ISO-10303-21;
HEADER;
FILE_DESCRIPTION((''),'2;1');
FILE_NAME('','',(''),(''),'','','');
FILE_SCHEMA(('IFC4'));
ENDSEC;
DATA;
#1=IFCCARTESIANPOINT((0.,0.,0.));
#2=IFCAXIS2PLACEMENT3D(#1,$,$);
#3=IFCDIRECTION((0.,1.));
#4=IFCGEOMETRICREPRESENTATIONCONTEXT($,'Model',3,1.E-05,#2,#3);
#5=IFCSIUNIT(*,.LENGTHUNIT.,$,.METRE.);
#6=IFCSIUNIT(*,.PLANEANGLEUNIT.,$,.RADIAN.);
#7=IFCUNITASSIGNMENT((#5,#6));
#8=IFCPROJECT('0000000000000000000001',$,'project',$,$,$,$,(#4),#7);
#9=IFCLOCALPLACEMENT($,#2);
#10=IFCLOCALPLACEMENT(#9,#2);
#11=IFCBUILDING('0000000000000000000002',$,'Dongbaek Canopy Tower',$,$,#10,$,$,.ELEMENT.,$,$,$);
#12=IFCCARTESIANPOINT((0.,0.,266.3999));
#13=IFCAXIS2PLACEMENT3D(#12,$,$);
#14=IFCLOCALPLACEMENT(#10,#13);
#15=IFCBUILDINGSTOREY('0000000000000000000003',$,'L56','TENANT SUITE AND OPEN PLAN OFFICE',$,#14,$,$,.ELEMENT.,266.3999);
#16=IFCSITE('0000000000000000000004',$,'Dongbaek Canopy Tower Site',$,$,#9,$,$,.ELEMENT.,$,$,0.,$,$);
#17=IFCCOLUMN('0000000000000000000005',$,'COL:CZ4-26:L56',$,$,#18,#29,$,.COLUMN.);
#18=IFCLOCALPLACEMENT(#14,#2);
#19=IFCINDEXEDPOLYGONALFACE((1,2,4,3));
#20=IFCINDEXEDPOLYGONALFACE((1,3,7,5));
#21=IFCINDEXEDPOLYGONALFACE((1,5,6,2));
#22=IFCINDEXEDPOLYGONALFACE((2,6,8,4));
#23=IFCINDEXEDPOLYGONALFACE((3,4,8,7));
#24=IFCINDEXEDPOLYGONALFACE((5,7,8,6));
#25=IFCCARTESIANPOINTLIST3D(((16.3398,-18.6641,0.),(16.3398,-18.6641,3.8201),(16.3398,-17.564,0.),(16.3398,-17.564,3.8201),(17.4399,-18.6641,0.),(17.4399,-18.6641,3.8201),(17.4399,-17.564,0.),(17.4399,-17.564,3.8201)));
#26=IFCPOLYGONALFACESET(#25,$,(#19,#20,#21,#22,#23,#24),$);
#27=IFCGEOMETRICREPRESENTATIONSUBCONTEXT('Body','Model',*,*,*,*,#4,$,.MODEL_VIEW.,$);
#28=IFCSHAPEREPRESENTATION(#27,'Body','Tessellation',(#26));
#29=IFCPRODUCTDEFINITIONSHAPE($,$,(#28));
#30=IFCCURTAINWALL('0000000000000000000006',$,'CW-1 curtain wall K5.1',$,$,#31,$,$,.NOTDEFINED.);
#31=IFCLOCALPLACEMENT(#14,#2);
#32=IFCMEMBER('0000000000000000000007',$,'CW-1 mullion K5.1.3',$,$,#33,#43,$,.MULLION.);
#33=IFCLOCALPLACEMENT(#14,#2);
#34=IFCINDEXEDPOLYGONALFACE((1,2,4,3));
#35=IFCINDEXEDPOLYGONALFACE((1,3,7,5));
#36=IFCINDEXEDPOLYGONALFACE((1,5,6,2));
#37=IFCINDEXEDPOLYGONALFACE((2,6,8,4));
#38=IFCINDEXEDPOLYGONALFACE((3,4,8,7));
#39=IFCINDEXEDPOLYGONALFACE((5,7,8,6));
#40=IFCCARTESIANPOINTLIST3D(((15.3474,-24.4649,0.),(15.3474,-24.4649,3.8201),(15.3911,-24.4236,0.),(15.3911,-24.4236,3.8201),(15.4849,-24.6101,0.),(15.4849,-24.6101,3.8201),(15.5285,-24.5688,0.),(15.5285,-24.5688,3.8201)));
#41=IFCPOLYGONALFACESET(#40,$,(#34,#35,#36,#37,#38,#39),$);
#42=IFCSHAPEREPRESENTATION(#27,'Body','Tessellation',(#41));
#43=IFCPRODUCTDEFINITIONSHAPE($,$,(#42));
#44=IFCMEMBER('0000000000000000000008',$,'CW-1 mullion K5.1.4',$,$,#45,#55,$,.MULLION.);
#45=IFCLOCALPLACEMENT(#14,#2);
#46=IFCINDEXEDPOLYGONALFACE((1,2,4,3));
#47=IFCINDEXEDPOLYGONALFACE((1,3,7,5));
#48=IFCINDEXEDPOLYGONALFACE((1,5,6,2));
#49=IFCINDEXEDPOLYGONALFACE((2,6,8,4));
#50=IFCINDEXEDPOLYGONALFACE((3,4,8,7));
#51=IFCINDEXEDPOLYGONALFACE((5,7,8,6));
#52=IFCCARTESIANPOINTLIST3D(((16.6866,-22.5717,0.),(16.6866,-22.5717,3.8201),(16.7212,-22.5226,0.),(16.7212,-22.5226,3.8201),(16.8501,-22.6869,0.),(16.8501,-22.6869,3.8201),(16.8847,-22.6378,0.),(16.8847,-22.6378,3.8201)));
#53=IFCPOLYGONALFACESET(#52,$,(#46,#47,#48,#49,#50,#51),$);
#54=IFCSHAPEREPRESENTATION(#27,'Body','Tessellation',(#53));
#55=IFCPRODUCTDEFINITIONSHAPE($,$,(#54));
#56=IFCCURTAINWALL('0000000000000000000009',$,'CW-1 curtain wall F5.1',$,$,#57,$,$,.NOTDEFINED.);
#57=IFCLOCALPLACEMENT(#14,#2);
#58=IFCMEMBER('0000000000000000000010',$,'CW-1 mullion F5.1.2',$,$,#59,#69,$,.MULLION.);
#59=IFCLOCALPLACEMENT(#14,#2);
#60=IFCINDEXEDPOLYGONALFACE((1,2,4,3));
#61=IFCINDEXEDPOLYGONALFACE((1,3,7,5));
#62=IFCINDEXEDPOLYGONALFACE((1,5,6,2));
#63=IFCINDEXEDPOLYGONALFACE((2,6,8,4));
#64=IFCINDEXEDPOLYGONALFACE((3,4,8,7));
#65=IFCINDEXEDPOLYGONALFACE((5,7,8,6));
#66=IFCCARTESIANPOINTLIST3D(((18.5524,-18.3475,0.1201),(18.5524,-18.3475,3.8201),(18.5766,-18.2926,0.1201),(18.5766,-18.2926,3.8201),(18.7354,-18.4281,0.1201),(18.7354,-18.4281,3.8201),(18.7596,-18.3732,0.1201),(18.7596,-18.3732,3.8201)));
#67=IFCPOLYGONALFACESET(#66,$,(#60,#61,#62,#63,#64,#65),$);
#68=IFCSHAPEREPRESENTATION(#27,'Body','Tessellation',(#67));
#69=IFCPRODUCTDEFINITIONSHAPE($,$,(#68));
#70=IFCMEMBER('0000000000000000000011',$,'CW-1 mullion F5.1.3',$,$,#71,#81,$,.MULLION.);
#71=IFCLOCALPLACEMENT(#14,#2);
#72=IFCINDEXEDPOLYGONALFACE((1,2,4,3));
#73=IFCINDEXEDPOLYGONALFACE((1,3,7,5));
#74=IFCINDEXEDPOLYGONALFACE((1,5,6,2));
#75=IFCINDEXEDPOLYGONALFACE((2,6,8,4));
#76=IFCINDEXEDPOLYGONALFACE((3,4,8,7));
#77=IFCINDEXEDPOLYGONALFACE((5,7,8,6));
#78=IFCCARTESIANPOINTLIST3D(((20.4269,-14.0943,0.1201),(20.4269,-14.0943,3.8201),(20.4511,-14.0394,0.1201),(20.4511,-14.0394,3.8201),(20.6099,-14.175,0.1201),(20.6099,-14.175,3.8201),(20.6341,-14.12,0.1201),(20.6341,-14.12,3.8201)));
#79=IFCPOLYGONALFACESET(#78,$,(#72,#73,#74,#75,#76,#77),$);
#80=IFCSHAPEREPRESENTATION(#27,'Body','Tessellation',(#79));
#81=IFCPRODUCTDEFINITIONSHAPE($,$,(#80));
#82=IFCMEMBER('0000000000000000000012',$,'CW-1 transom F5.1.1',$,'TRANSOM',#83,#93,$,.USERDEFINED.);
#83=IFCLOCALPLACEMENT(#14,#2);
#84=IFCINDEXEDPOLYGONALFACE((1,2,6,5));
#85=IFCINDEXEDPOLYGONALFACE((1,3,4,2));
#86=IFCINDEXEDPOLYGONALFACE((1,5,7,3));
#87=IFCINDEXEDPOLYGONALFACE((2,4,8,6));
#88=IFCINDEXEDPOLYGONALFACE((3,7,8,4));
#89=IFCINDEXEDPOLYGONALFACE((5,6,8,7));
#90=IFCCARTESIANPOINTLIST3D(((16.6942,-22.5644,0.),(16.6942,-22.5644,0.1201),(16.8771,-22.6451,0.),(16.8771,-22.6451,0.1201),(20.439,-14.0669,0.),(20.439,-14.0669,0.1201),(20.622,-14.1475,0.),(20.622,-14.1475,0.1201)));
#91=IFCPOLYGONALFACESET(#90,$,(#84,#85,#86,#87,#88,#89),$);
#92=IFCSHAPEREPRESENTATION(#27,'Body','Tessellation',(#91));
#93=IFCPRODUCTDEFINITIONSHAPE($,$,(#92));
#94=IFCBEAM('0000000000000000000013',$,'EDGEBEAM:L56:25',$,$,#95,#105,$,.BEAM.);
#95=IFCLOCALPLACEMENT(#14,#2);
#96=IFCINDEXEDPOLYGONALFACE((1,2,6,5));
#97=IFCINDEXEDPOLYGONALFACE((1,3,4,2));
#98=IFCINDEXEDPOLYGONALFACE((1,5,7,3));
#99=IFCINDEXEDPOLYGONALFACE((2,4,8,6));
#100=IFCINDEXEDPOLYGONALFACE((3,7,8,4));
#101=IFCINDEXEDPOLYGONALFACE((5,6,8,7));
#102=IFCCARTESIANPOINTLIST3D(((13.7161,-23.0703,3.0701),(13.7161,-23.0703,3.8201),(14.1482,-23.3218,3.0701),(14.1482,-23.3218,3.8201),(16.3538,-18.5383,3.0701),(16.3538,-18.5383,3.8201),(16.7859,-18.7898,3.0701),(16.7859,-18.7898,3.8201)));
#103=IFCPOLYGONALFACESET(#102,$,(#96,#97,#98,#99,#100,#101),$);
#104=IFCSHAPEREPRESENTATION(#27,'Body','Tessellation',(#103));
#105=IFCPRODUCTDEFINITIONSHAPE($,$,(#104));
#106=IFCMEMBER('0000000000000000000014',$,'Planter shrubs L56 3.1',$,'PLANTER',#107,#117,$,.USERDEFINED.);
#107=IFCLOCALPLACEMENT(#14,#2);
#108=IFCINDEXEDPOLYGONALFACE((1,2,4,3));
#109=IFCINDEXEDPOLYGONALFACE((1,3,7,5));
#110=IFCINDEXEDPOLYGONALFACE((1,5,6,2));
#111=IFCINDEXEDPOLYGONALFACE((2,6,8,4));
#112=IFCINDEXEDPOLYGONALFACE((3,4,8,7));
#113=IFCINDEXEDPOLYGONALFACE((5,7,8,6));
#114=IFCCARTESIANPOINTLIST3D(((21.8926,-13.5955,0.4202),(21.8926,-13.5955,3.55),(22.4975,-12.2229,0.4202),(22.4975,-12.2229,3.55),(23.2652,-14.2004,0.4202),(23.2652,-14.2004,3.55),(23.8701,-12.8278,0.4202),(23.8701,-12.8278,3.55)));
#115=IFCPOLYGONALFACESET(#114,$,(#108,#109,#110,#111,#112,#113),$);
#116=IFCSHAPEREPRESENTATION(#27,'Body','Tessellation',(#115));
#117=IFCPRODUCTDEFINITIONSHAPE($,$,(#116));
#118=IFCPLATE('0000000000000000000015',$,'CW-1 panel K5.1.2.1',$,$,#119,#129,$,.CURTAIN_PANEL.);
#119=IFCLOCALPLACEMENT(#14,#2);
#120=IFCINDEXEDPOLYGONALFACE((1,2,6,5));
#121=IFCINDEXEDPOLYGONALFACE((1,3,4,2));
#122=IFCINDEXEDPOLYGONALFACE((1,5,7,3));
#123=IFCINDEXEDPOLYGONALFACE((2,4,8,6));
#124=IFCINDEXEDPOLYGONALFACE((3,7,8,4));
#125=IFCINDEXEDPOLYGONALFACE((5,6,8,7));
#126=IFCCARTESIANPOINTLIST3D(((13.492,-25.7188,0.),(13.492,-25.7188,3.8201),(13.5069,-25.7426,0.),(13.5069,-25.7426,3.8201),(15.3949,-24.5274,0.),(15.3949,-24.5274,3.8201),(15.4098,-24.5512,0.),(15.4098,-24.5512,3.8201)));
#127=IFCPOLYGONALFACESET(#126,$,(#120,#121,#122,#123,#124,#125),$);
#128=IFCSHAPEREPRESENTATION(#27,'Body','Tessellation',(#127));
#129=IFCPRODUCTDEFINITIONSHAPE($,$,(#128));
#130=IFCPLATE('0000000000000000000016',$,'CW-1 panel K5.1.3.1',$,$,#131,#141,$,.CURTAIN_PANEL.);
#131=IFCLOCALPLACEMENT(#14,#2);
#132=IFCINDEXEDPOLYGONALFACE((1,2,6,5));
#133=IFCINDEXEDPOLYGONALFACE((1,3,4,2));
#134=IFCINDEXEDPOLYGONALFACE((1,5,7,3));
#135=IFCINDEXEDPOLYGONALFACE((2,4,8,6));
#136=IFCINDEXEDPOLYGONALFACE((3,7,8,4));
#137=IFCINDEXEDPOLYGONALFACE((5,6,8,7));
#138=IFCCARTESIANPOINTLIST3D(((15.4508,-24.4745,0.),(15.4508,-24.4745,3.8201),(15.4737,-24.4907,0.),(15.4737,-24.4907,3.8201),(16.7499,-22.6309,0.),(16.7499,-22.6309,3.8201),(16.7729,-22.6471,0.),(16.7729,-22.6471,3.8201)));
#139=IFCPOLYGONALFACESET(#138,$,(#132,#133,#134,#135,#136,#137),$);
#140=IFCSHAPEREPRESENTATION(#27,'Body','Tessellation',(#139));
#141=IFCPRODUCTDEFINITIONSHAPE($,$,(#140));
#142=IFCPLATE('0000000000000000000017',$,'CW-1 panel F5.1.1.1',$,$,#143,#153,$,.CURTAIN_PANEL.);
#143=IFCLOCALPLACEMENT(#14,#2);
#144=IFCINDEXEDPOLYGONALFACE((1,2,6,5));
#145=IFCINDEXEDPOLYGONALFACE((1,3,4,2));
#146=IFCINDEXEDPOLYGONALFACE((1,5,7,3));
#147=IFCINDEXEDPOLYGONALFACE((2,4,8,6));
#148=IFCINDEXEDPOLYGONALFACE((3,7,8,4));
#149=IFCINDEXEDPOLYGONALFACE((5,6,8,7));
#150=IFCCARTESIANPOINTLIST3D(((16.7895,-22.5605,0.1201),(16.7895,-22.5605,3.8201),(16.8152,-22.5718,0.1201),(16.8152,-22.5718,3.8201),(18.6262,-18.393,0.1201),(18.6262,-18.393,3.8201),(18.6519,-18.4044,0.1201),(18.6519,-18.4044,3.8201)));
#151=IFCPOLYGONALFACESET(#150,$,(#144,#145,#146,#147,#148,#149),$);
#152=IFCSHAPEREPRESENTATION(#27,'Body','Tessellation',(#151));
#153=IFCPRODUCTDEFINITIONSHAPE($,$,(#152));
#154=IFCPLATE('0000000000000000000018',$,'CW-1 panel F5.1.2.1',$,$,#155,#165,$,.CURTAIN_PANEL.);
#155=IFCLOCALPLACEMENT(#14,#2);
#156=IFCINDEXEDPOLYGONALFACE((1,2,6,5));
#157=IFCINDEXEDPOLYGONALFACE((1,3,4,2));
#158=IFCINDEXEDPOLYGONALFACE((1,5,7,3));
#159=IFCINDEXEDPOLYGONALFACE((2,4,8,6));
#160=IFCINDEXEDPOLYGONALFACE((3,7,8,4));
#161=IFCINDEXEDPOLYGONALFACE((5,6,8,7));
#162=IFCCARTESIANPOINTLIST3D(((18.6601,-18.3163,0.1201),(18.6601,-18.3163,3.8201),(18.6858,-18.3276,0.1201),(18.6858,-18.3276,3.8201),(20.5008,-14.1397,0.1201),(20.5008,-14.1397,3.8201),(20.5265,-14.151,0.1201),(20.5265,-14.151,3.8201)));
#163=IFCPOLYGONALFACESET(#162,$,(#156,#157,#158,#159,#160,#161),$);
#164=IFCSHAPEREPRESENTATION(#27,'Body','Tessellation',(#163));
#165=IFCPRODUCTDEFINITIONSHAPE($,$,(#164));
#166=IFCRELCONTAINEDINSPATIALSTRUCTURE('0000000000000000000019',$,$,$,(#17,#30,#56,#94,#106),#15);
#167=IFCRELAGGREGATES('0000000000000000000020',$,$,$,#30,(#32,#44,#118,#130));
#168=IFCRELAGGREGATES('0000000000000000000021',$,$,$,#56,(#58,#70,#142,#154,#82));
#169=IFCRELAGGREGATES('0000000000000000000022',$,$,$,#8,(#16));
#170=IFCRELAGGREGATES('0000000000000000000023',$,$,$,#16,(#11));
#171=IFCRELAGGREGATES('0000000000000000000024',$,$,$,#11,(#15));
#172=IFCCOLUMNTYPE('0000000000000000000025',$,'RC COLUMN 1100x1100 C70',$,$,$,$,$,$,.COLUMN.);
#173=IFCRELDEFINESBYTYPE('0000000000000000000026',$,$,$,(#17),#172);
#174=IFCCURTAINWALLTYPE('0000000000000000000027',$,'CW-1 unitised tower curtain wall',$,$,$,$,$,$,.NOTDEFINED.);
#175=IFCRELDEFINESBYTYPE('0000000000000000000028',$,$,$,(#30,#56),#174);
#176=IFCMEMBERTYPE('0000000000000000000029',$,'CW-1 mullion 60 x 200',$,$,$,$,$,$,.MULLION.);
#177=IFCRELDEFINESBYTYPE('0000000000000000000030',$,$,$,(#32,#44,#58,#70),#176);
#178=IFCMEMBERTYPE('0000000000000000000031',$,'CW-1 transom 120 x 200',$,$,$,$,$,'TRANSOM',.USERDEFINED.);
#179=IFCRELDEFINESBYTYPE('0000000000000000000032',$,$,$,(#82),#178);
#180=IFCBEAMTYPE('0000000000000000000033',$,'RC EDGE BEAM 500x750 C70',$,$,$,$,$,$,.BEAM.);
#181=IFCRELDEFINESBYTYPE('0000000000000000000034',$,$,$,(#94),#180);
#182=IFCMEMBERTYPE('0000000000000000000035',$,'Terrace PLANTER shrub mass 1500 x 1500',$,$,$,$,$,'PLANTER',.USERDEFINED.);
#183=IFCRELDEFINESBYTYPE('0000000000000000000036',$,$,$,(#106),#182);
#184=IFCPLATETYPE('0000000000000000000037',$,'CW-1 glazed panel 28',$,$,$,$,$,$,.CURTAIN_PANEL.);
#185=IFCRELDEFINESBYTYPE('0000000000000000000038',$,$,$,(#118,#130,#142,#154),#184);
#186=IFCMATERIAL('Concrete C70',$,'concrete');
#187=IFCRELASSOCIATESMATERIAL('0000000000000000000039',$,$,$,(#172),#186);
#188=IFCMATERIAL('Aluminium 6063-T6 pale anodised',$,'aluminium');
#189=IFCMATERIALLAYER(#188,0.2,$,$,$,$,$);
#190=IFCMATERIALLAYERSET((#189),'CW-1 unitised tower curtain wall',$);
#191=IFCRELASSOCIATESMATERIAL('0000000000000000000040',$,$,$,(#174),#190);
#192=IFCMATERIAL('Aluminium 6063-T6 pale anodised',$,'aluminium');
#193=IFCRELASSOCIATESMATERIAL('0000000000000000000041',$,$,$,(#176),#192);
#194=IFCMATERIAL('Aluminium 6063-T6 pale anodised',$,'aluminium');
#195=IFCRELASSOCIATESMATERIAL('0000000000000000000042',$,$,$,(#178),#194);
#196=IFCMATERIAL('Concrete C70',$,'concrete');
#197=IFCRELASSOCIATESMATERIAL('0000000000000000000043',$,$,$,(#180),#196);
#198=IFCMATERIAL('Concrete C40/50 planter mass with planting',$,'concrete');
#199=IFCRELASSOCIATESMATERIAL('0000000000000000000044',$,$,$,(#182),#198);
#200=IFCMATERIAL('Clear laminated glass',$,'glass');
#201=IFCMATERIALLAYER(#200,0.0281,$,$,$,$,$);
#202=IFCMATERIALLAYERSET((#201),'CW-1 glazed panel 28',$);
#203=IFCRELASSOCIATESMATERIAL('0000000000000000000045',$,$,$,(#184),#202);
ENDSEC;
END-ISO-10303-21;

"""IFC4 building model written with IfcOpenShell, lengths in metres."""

from ifc_helpers import new_model, si_unit, direction, frame, origin, origin_2d, place, context, subcontext, project, spatial, rectangle, extrude, material, layer, layer_set, material_profile, profile_set, type_object, element, aggregate, save


model = new_model("IFC4")

# Units and contexts
model_context = context("Model", 3, precision=1e-05, world=origin(), true_north=direction((0.0, 1.0)))
body_context = subcontext(model_context, "Body", "Model", "MODEL_VIEW")
ifc_project = project(units=[si_unit("LENGTHUNIT", "METRE"), si_unit("PLANEANGLEUNIT", "RADIAN")], contexts=[model_context])

# Site, building, storey
site_placement = place(None, origin())
site = spatial("IfcSite", under=ifc_project, at=site_placement, Name="Dongbaek Canopy Tower Site", CompositionType="ELEMENT", RefElevation=0.0)
building_placement = place(site_placement, origin())
building = spatial("IfcBuilding", under=site, at=building_placement, Name="Dongbaek Canopy Tower", CompositionType="ELEMENT")
storey_placement = place(building_placement, frame((0.0, 0.0, 266.3999)))
storey = spatial("IfcBuildingStorey", under=building, at=storey_placement, Name="L56", Description="TENANT SUITE AND OPEN PLAN OFFICE", CompositionType="ELEMENT", Elevation=266.3999)

# Column
ifc_material_1 = material(Name="Concrete C70", Category="concrete")
ifc_material_profile_1 = material_profile(ifc_material_1, rectangle(XDim=1.1001, YDim=1.1001, at=origin_2d()), Name="RC COLUMN 1100x1100 C70")
ifc_profile_set_1 = profile_set([ifc_material_profile_1], Name="Concrete C70")
column_type = type_object("IfcColumnType", Name="RC COLUMN 1100x1100 C70", PredefinedType="COLUMN", material=ifc_profile_set_1)
column_placement = place(storey_placement, frame((16.8899, -18.114, 0.0), z_axis=(0.0, 0.0, 1.0), x_axis=(1.0, 0.0, 0.0)))
element("IfcColumn", 1, at=column_placement, inside=storey, type_object=column_type, Name="COL:CZ4-26:L56", PredefinedType="COLUMN", context=body_context, shape_type="SweptSolid", body=[
    extrude(rectangle(XDim=1.1001, YDim=1.1001, at=origin_2d()), origin(), (0.0, 0.0, 1.0), 3.8201),
])

# Curtain walls, members
ifc_material_2 = material(Name="Aluminium 6063-T6 pale anodised", Category="aluminium")
ifc_layer_1 = layer(ifc_material_2, 0.2)
ifc_layer_set_1 = layer_set([ifc_layer_1], Name="CW-1 unitised tower curtain wall")
curtain_wall_type = type_object("IfcCurtainWallType", Name="CW-1 unitised tower curtain wall", PredefinedType="NOTDEFINED", material=ifc_layer_set_1)
curtain_wall_1_placement = place(storey_placement, origin())
curtain_wall_1 = element("IfcCurtainWall", 2, at=curtain_wall_1_placement, inside=storey, type_object=curtain_wall_type, Name="CW-1 curtain wall K5.1", PredefinedType="NOTDEFINED")
ifc_material_3 = material(Name="Aluminium 6063-T6 pale anodised", Category="aluminium")
ifc_material_profile_2 = material_profile(ifc_material_3, rectangle(XDim=0.2, YDim=0.0601, at=origin_2d()), Name="CW-1 mullion 60 x 200")
ifc_profile_set_2 = profile_set([ifc_material_profile_2], Name="Aluminium 6063-T6 pale anodised")
member_type_1 = type_object("IfcMemberType", Name="CW-1 mullion 60 x 200", PredefinedType="MULLION", material=ifc_profile_set_2)
member_1_placement = place(storey_placement, frame((15.438, -24.5168, 0.0), z_axis=(0.0, 0.0, 1.0), x_axis=(0.68759, -0.726099, 0.0)))
member_1 = element("IfcMember", 3, at=member_1_placement, type_object=member_type_1, Name="CW-1 mullion K5.1.3", PredefinedType="MULLION", context=body_context, shape_type="SweptSolid", body=[
    extrude(rectangle(XDim=0.2, YDim=0.0601, at=origin_2d()), origin(), (0.0, 0.0, 1.0), 3.8201),
])
member_2_placement = place(storey_placement, frame((16.7856, -22.6047, 0.0), z_axis=(0.0, 0.0, 1.0), x_axis=(0.817425, -0.576034, 0.0)))
member_2 = element("IfcMember", 4, at=member_2_placement, type_object=member_type_1, Name="CW-1 mullion K5.1.4", PredefinedType="MULLION", context=body_context, shape_type="SweptSolid", body=[
    extrude(rectangle(XDim=0.2, YDim=0.0601, at=origin_2d()), origin(), (0.0, 0.0, 1.0), 3.8201),
])
curtain_wall_2_placement = place(storey_placement, origin())
curtain_wall_2 = element("IfcCurtainWall", 5, at=curtain_wall_2_placement, inside=storey, type_object=curtain_wall_type, Name="CW-1 curtain wall F5.1", PredefinedType="NOTDEFINED")
member_3_placement = place(storey_placement, frame((18.656, -18.3604, 0.1201), z_axis=(0.0, 0.0, 1.0), x_axis=(0.915073, -0.403288, 0.0)))
member_3 = element("IfcMember", 6, at=member_3_placement, type_object=member_type_1, Name="CW-1 mullion F5.1.2", PredefinedType="MULLION", context=body_context, shape_type="SweptSolid", body=[
    extrude(rectangle(XDim=0.2, YDim=0.0601, at=origin_2d()), origin(), (0.0, 0.0, 1.0), 3.7),
])
member_4_placement = place(storey_placement, frame((20.5305, -14.1072, 0.1201), z_axis=(0.0, 0.0, 1.0), x_axis=(0.915073, -0.403288, 0.0)))
member_4 = element("IfcMember", 7, at=member_4_placement, type_object=member_type_1, Name="CW-1 mullion F5.1.3", PredefinedType="MULLION", context=body_context, shape_type="SweptSolid", body=[
    extrude(rectangle(XDim=0.2, YDim=0.0601, at=origin_2d()), origin(), (0.0, 0.0, 1.0), 3.7),
])
ifc_material_4 = material(Name="Aluminium 6063-T6 pale anodised", Category="aluminium")
ifc_material_profile_3 = material_profile(ifc_material_4, rectangle(XDim=0.2, YDim=0.1201, at=origin_2d()), Name="CW-1 transom 120 x 200")
ifc_profile_set_3 = profile_set([ifc_material_profile_3], Name="Aluminium 6063-T6 pale anodised")
member_type_2 = type_object("IfcMemberType", Name="CW-1 transom 120 x 200", ElementType="TRANSOM", PredefinedType="USERDEFINED", material=ifc_profile_set_3)
member_5_placement = place(storey_placement, frame((16.7856, -22.6047, 0.0601), z_axis=(0.403275, 0.915079, 0.0), x_axis=(-0.915079, 0.403275, 0.0)))
member_5 = element("IfcMember", 8, at=member_5_placement, type_object=member_type_2, Name="CW-1 transom F5.1.1", ObjectType="TRANSOM", PredefinedType="USERDEFINED", context=body_context, shape_type="SweptSolid", body=[
    extrude(rectangle(XDim=0.2, YDim=0.1201, at=origin_2d()), origin(), (0.0, 0.0, 1.0), 9.2861),
])

# Beam
ifc_material_5 = material(Name="Concrete C70", Category="concrete")
ifc_material_profile_4 = material_profile(ifc_material_5, rectangle(XDim=0.5, YDim=0.75, at=origin_2d()), Name="RC EDGE BEAM 500x750 C70")
ifc_profile_set_4 = profile_set([ifc_material_profile_4], Name="Concrete C70")
beam_type = type_object("IfcBeamType", Name="RC EDGE BEAM 500x750 C70", PredefinedType="BEAM", material=ifc_profile_set_4)
beam_placement = place(storey_placement, frame((16.5698, -18.6641, 3.4451), z_axis=(-0.503023, -0.864273, 0.0), x_axis=(0.864273, -0.503023, 0.0)))
element("IfcBeam", 9, at=beam_placement, inside=storey, type_object=beam_type, Name="EDGEBEAM:L56:25", PredefinedType="BEAM", context=body_context, shape_type="SweptSolid", body=[
    extrude(rectangle(XDim=0.5, YDim=0.75, at=origin_2d()), origin(), (0.0, 0.0, 1.0), 5.2437),
])

# Member
ifc_material_6 = material(Name="Concrete C40/50 planter mass with planting", Category="concrete")
ifc_material_profile_5 = material_profile(ifc_material_6, rectangle(XDim=1.5, YDim=1.5, at=origin_2d()), Name="Terrace PLANTER shrub mass 1500 x 1500")
ifc_profile_set_5 = profile_set([ifc_material_profile_5], Name="Concrete C40/50 planter mass with planting")
member_type_3 = type_object("IfcMemberType", Name="Terrace PLANTER shrub mass 1500 x 1500", ElementType="PLANTER", PredefinedType="USERDEFINED", material=ifc_profile_set_5)
member_6_placement = place(storey_placement, frame((22.8813, -13.2117, 0.4202), z_axis=(0.0, 0.0, 1.0), x_axis=(0.915073, -0.403288, 0.0)))
element("IfcMember", 10, at=member_6_placement, inside=storey, type_object=member_type_3, Name="Planter shrubs L56 3.1", ObjectType="PLANTER", PredefinedType="USERDEFINED", context=body_context, shape_type="SweptSolid", body=[
    extrude(rectangle(XDim=1.5, YDim=1.5, at=origin_2d()), origin(), (0.0, 0.0, 1.0), 3.1299),
])

# Plates
ifc_material_7 = material(Name="Clear laminated glass", Category="glass")
ifc_layer_2 = layer(ifc_material_7, 0.0281)
ifc_layer_set_2 = layer_set([ifc_layer_2], Name="CW-1 glazed panel 28")
plate_type = type_object("IfcPlateType", Name="CW-1 glazed panel 28", PredefinedType="CURTAIN_PANEL", material=ifc_layer_set_2)
plate_1_placement = place(storey_placement, frame((14.4509, -25.135, 0.0), z_axis=(0.0, 0.0, 1.0), x_axis=(0.847572, 0.530681, 0.0)))
plate_1 = element("IfcPlate", 11, at=plate_1_placement, type_object=plate_type, Name="CW-1 panel K5.1.2.1", PredefinedType="CURTAIN_PANEL", context=body_context, shape_type="SweptSolid", body=[
    extrude(rectangle(XDim=2.2451, YDim=0.0281, at=origin_2d()), origin(), (0.0, 0.0, 1.0), 3.8201),
])
plate_2_placement = place(storey_placement, frame((16.1118, -23.5608, 0.0), z_axis=(0.0, 0.0, 1.0), x_axis=(0.576034, 0.817425, 0.0)))
plate_2 = element("IfcPlate", 12, at=plate_2_placement, type_object=plate_type, Name="CW-1 panel K5.1.3.1", PredefinedType="CURTAIN_PANEL", context=body_context, shape_type="SweptSolid", body=[
    extrude(rectangle(XDim=2.2554, YDim=0.0281, at=origin_2d()), origin(), (0.0, 0.0, 1.0), 3.8201),
])
plate_3_placement = place(storey_placement, frame((17.7207, -20.4824, 0.1201), z_axis=(0.0, 0.0, 1.0), x_axis=(0.403288, 0.915073, 0.0)))
plate_3 = element("IfcPlate", 13, at=plate_3_placement, type_object=plate_type, Name="CW-1 panel F5.1.1.1", PredefinedType="CURTAIN_PANEL", context=body_context, shape_type="SweptSolid", body=[
    extrude(rectangle(XDim=4.5542, YDim=0.0281, at=origin_2d()), origin(), (0.0, 0.0, 1.0), 3.7),
])
plate_4_placement = place(storey_placement, frame((19.5933, -16.2336, 0.1201), z_axis=(0.0, 0.0, 1.0), x_axis=(0.403288, 0.915073, 0.0)))
plate_4 = element("IfcPlate", 14, at=plate_4_placement, type_object=plate_type, Name="CW-1 panel F5.1.2.1", PredefinedType="CURTAIN_PANEL", context=body_context, shape_type="SweptSolid", body=[
    extrude(rectangle(XDim=4.5642, YDim=0.0281, at=origin_2d()), origin(), (0.0, 0.0, 1.0), 3.7),
])

aggregate(curtain_wall_1, [member_1, member_2, plate_1, plate_2])
aggregate(curtain_wall_2, [member_3, member_4, plate_3, plate_4, member_5])

save(model, "model.ifc")
